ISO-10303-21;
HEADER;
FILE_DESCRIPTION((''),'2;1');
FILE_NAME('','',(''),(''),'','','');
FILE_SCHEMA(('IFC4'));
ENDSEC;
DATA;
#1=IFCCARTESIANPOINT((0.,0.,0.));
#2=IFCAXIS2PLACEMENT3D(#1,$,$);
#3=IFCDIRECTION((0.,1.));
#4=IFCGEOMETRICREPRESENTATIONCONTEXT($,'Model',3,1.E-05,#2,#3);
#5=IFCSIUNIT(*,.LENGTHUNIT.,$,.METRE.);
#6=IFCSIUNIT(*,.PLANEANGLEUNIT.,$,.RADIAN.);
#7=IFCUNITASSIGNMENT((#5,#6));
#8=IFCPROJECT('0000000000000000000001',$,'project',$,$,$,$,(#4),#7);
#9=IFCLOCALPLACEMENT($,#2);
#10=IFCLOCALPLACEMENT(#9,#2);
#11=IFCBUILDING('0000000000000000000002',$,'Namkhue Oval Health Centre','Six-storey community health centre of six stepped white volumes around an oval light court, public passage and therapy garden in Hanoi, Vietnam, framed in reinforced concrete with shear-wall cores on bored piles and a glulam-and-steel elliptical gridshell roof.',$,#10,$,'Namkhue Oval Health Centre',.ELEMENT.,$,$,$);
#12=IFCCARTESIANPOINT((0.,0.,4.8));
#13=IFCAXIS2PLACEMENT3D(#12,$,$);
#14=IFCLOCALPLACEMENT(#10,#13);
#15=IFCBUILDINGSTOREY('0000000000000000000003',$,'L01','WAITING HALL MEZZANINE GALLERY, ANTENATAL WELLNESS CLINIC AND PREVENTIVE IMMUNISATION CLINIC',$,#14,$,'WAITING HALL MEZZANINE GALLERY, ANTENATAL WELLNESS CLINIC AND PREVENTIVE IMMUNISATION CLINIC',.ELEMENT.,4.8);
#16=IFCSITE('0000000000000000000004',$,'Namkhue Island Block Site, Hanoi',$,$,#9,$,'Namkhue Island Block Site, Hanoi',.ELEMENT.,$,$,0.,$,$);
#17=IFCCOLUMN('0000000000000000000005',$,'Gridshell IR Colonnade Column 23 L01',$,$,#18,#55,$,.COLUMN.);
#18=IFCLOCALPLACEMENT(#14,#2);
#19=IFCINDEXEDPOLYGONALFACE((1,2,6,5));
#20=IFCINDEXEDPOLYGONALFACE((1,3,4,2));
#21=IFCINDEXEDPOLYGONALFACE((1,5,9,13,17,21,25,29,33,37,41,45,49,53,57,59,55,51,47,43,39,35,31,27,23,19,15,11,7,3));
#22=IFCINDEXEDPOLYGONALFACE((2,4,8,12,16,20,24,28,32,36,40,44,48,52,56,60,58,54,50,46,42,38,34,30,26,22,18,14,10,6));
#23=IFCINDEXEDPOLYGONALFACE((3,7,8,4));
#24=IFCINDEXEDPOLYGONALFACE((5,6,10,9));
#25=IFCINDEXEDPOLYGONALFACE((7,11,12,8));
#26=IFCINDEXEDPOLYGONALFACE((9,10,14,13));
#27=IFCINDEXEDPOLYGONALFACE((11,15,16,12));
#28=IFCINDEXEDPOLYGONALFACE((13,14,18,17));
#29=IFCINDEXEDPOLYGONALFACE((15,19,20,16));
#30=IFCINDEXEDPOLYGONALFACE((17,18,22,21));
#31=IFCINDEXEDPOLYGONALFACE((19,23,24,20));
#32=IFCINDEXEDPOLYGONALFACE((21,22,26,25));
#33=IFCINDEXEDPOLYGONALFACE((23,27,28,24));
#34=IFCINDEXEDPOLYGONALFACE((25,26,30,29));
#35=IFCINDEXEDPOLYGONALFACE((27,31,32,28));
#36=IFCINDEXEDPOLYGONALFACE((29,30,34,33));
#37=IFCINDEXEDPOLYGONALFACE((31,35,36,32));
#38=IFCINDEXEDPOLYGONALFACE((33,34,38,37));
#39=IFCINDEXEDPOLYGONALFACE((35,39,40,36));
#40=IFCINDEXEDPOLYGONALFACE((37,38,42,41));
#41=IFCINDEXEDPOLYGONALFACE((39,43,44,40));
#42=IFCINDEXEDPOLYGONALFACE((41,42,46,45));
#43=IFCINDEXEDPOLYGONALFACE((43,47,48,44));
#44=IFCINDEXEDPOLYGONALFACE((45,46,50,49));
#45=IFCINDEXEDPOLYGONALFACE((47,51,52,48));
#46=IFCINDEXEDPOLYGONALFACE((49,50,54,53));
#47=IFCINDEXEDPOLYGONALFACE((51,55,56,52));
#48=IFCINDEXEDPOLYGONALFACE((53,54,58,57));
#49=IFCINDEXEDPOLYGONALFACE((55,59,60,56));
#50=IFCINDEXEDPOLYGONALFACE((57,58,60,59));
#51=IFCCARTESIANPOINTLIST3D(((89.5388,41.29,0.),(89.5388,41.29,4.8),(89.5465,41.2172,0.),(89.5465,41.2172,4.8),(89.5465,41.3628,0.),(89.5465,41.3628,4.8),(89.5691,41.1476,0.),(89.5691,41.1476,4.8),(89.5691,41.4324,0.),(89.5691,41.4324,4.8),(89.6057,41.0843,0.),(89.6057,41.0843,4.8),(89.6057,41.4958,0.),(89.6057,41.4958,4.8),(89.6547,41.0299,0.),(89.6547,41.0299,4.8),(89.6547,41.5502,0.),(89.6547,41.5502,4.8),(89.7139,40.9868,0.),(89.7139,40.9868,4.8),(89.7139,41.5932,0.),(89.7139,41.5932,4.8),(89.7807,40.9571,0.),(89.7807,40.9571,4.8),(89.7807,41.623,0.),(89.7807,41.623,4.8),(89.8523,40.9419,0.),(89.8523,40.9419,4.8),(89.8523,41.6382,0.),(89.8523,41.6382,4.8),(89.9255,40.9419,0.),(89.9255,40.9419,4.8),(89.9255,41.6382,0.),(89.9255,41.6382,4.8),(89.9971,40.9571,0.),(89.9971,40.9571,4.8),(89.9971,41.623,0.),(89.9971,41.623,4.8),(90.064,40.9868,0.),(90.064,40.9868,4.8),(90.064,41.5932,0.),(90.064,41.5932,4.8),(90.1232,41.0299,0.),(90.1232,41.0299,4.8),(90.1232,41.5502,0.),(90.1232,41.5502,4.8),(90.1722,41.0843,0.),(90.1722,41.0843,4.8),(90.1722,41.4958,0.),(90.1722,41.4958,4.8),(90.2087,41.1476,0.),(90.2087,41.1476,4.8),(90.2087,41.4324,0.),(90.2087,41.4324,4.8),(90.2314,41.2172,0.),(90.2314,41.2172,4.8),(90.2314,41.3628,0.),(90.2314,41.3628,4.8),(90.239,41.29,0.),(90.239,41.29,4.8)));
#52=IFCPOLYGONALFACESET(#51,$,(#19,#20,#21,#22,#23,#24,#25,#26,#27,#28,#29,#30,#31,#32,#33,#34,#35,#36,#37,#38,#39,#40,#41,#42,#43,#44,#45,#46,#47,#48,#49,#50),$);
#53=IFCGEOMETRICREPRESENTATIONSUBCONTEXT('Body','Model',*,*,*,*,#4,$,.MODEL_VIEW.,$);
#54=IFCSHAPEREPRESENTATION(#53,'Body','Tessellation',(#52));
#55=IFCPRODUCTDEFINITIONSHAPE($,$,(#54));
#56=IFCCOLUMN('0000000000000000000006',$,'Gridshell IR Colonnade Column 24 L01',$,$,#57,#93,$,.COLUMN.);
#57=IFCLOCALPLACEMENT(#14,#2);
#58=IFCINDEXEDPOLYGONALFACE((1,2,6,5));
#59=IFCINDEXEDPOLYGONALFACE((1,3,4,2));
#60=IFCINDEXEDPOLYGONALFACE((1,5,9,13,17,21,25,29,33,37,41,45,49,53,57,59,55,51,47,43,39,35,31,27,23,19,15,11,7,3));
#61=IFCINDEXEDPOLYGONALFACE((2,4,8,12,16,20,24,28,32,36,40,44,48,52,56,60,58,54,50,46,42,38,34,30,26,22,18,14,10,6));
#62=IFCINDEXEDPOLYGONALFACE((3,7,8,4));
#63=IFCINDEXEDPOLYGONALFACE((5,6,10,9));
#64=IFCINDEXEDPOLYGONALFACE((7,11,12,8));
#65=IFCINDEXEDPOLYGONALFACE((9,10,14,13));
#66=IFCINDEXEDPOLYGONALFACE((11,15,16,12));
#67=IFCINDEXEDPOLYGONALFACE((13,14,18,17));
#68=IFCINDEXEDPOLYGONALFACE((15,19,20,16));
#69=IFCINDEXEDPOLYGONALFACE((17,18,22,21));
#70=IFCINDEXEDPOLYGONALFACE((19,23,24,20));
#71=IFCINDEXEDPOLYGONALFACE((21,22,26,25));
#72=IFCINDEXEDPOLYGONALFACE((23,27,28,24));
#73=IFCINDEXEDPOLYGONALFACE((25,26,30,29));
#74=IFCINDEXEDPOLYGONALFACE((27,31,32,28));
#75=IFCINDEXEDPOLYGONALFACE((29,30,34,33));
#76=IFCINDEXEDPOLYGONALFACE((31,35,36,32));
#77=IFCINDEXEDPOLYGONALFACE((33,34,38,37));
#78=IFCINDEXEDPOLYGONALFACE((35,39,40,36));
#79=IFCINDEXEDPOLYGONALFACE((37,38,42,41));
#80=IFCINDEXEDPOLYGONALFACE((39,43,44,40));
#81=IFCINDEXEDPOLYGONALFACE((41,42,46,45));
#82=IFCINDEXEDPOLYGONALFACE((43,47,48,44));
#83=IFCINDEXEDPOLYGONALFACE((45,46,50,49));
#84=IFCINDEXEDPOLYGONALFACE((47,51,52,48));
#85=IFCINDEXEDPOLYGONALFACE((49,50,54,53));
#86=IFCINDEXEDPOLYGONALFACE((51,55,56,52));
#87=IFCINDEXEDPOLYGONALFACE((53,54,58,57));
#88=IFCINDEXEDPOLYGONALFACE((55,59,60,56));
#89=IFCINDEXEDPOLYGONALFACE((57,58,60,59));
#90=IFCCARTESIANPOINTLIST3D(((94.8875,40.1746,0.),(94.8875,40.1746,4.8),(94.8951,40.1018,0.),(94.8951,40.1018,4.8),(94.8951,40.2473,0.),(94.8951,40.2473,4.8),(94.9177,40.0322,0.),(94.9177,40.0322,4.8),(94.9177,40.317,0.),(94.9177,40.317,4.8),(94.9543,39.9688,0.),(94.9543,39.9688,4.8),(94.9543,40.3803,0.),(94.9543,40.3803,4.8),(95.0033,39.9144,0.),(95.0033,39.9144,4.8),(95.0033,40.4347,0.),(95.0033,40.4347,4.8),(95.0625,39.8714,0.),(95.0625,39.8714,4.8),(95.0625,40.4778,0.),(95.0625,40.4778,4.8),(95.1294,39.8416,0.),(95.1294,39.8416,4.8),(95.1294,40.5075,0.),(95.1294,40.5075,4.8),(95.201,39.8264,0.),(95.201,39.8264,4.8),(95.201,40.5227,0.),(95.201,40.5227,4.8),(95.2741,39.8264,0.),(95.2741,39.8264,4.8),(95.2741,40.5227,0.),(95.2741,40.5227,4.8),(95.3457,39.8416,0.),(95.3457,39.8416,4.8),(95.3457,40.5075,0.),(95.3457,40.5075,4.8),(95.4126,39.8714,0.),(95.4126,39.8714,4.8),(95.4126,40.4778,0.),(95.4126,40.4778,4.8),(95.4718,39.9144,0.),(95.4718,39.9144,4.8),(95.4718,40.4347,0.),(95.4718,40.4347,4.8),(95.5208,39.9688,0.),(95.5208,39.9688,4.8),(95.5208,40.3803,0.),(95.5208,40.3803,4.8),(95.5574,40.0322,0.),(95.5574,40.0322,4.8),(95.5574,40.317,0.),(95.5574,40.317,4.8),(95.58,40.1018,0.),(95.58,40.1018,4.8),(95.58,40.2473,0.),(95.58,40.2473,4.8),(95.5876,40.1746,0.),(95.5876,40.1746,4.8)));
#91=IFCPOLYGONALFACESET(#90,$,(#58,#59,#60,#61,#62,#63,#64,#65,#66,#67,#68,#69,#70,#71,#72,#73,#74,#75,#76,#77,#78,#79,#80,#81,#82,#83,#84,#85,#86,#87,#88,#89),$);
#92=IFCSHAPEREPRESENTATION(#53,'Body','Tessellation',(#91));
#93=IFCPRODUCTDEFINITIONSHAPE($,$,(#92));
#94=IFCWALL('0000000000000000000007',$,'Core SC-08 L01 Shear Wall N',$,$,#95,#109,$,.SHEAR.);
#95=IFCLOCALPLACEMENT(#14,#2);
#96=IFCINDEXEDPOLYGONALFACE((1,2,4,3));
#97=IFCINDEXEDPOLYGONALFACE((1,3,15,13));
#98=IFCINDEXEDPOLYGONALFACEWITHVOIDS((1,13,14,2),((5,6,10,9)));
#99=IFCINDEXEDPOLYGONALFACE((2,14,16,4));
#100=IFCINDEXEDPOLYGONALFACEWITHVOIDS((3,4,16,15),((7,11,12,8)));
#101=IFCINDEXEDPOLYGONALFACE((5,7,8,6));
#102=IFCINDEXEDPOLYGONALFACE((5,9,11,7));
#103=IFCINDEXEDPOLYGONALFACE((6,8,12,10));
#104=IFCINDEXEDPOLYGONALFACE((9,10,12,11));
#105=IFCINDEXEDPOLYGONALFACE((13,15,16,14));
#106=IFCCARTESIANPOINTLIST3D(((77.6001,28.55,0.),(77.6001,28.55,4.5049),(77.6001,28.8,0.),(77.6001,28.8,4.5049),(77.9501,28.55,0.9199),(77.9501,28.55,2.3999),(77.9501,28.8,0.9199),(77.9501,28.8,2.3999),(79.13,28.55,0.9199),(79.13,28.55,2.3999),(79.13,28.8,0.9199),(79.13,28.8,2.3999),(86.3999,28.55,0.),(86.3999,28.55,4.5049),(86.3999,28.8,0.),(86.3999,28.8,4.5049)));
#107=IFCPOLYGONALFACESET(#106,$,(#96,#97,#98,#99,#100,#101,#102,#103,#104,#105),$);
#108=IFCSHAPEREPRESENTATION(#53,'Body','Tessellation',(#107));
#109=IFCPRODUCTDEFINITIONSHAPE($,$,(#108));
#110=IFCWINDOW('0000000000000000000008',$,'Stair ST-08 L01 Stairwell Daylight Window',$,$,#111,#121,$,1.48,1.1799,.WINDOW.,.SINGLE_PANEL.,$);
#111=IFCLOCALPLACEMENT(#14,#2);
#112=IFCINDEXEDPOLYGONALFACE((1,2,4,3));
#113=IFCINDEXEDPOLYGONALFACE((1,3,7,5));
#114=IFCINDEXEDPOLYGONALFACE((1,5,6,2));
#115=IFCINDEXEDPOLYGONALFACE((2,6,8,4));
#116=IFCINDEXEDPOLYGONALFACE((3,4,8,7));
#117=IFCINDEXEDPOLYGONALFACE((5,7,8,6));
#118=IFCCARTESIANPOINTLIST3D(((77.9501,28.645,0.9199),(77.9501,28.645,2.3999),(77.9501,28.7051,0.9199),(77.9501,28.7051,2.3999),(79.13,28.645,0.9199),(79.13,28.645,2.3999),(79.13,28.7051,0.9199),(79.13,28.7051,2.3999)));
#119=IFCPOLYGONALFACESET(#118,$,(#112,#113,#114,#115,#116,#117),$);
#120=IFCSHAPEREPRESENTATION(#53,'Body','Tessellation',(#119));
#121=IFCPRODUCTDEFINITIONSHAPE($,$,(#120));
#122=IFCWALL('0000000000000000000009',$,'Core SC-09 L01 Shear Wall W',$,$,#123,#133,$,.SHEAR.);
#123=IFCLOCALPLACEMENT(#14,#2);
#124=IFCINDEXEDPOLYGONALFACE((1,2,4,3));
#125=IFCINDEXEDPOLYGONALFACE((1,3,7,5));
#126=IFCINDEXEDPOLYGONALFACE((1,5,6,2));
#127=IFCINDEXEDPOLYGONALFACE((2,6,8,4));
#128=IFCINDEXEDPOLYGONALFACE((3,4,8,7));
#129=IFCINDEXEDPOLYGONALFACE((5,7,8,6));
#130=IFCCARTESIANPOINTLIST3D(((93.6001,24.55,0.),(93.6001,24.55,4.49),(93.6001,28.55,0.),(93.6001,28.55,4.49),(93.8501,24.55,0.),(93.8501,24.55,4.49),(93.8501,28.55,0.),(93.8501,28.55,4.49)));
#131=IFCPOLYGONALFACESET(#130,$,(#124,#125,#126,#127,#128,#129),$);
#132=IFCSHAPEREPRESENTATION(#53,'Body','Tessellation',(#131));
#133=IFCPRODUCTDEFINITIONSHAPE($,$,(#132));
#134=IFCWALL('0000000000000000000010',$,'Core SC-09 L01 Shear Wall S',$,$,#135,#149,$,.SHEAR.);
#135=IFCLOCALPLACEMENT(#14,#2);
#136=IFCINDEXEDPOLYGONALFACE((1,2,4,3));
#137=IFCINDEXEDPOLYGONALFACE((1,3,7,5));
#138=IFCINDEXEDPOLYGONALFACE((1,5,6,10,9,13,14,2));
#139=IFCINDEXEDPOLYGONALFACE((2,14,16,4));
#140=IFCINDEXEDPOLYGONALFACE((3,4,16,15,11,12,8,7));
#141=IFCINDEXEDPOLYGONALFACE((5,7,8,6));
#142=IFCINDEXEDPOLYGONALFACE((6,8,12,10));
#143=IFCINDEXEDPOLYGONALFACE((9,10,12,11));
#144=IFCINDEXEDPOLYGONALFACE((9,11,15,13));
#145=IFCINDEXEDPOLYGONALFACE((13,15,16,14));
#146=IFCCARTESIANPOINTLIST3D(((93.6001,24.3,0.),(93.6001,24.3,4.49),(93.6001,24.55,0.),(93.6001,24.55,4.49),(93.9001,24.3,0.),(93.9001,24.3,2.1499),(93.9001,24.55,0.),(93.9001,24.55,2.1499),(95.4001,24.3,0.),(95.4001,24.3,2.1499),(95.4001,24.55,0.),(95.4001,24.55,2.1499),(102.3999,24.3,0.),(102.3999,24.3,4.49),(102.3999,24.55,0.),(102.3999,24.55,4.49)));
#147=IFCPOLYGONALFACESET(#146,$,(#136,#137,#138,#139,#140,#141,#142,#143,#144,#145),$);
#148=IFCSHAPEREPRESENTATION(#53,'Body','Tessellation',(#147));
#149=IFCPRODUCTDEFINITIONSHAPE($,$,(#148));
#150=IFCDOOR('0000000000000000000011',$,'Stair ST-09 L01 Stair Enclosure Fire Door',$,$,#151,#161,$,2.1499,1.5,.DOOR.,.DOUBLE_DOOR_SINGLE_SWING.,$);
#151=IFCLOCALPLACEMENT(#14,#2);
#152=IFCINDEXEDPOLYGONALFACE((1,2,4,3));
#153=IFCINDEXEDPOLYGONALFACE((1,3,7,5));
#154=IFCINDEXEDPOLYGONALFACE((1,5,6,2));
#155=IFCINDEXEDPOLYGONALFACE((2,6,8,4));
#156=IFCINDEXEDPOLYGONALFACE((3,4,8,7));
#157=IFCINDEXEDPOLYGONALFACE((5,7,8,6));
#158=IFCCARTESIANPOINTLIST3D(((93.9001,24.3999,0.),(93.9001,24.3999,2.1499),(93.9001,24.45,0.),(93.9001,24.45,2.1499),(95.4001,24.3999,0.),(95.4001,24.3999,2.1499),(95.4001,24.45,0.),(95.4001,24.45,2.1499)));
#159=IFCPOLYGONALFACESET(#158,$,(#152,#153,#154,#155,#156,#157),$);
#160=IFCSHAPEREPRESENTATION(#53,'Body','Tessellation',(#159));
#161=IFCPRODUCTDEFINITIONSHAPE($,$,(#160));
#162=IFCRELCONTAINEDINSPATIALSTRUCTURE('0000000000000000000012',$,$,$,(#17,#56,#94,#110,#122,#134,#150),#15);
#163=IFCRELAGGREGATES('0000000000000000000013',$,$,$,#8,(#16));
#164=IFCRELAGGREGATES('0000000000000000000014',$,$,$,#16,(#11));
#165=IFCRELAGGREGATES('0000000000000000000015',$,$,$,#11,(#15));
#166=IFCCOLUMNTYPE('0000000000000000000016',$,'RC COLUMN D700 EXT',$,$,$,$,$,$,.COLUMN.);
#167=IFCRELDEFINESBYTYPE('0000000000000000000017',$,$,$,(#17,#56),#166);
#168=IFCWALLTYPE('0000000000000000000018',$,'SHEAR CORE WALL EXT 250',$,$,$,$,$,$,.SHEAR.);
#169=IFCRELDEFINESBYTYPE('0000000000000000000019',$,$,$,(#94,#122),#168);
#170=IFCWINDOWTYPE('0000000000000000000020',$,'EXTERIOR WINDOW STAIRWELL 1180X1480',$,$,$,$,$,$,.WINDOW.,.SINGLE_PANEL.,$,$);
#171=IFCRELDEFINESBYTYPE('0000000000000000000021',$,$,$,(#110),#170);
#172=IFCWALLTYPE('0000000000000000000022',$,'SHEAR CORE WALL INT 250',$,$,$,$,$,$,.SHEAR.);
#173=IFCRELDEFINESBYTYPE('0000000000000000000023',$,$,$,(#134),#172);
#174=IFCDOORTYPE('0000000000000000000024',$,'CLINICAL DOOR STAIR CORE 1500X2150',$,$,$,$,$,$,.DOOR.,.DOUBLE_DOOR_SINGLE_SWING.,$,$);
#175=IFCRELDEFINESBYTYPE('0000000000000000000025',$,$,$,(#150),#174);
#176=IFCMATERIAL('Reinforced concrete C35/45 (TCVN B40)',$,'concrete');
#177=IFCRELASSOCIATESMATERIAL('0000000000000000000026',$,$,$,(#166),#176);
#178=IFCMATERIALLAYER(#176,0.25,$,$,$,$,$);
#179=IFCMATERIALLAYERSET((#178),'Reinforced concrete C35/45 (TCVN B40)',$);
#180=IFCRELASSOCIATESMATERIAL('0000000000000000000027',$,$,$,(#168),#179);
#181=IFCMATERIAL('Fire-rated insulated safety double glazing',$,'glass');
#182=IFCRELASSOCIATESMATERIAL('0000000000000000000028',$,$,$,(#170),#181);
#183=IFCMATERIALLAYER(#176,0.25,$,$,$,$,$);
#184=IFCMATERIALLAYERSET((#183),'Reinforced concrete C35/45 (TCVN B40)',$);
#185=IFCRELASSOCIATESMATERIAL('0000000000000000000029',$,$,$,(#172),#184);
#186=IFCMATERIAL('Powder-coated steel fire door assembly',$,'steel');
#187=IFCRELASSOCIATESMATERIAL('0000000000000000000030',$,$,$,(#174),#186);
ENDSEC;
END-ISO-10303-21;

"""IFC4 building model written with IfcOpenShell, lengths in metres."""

from ifc_helpers import new_model, si_unit, direction, frame, frame_2d, origin, origin_2d, place, context, subcontext, project, spatial, rectangle, circle, extrude, material, layer, layer_set, material_profile, profile_set, type_object, element, fill, save


model = new_model("IFC4")

# Units and contexts
model_context = context("Model", 3, precision=1e-05, world=origin(), true_north=direction((0.0, 1.0)))
body_context = subcontext(model_context, "Body", "Model", "MODEL_VIEW")
ifc_project = project(units=[si_unit("LENGTHUNIT", "METRE"), si_unit("PLANEANGLEUNIT", "RADIAN")], contexts=[model_context])

# Site, building, storey
site_placement = place(None, origin())
site = spatial("IfcSite", under=ifc_project, at=site_placement, Name="Namkhue Island Block Site, Hanoi", LongName="Namkhue Island Block Site, Hanoi", CompositionType="ELEMENT", RefElevation=0.0)
building_placement = place(site_placement, origin())
building = spatial("IfcBuilding", under=site, at=building_placement, Name="Namkhue Oval Health Centre", Description="Six-storey community health centre of six stepped white volumes around an oval light court, public passage and therapy garden in Hanoi, Vietnam, framed in reinforced concrete with shear-wall cores on bored piles and a glulam-and-steel elliptical gridshell roof.", LongName="Namkhue Oval Health Centre", CompositionType="ELEMENT")
storey_placement = place(building_placement, frame((0.0, 0.0, 4.8)))
storey = spatial("IfcBuildingStorey", under=building, at=storey_placement, Name="L01", Description="WAITING HALL MEZZANINE GALLERY, ANTENATAL WELLNESS CLINIC AND PREVENTIVE IMMUNISATION CLINIC", LongName="WAITING HALL MEZZANINE GALLERY, ANTENATAL WELLNESS CLINIC AND PREVENTIVE IMMUNISATION CLINIC", CompositionType="ELEMENT", Elevation=4.8)

# Columns
ifc_material_1 = material(Name="Reinforced concrete C35/45 (TCVN B40)", Category="concrete")
ifc_material_profile = material_profile(ifc_material_1, circle(Radius=0.3501, at=origin_2d()), Name="RC D700")
ifc_profile_set = profile_set([ifc_material_profile], Name="Reinforced concrete C35/45 (TCVN B40)")
column_type = type_object("IfcColumnType", Name="RC COLUMN D700 EXT", PredefinedType="COLUMN", material=ifc_profile_set)
for number, where, z_axis, x_axis, name in (
    (1, (89.8889, 41.29, 0.0), (0.0, 0.0, 1.0), (1.0, 0.0, 0.0), "Gridshell IR Colonnade Column 23 L01"),
    (2, (95.2375, 40.1746, 0.0), (0.0, 0.0, 1.0), (1.0, 0.0, 0.0), "Gridshell IR Colonnade Column 24 L01"),
):
    element("IfcColumn", number, at=place(storey_placement, frame(where, z_axis=z_axis, x_axis=x_axis)), inside=storey, type_object=column_type, Name=name, PredefinedType="COLUMN", context=body_context, shape_type="SweptSolid", body=[
        extrude(circle(Radius=0.3501, at=origin_2d()), origin(), (0.0, 0.0, 1.0), 4.8),
    ])

# Wall, opening, window
ifc_layer_1 = layer(ifc_material_1, 0.25)
ifc_layer_set_1 = layer_set([ifc_layer_1], Name="Reinforced concrete C35/45 (TCVN B40)")
wall_type_1 = type_object("IfcWallType", Name="SHEAR CORE WALL EXT 250", PredefinedType="SHEAR", material=ifc_layer_set_1)
wall_1_placement = place(storey_placement, frame((86.3999, 28.675, 0.0), z_axis=(0.0, 0.0, 1.0), x_axis=(-1.0, 0.0, 0.0)))
wall_1 = element("IfcWall", 3, at=wall_1_placement, inside=storey, type_object=wall_type_1, Name="Core SC-08 L01 Shear Wall N", PredefinedType="SHEAR", context=body_context, shape_type="SweptSolid", body=[
    extrude(rectangle(XDim=8.7998, YDim=0.25, at=frame_2d((4.3999, 0.0))), origin(), (0.0, 0.0, 1.0), 4.5049),
])
opening_1_placement = place(wall_1_placement, frame((7.27, 0.0, 0.9199)))
opening_1 = element("IfcOpeningElement", 4, at=opening_1_placement, cuts=wall_1, PredefinedType="OPENING", context=body_context, shape_type="SweptSolid", body=[
    extrude(rectangle(XDim=1.1799, YDim=1.48, at=frame_2d((0.5898, 0.74))), frame((0.0, 0.135, 0.0), z_axis=(0.0, -1.0, 0.0), x_axis=(1.0, 0.0, 0.0)), (0.0, 0.0, 1.0), 0.27),
])
ifc_material_2 = material(Name="Fire-rated insulated safety double glazing", Category="glass")
window_type = type_object("IfcWindowType", Name="EXTERIOR WINDOW STAIRWELL 1180X1480", PartitioningType="SINGLE_PANEL", PredefinedType="WINDOW", material=ifc_material_2)
window_placement = place(opening_1_placement, origin())
window = element("IfcWindow", 5, at=window_placement, inside=storey, type_object=window_type, Name="Stair ST-08 L01 Stairwell Daylight Window", OverallHeight=1.48, OverallWidth=1.1799, PartitioningType="SINGLE_PANEL", PredefinedType="WINDOW", context=body_context, shape_type="SweptSolid", body=[
    extrude(rectangle(XDim=1.1799, YDim=1.48, at=frame_2d((0.5898, 0.74))), frame((0.0, 0.03, 0.0), z_axis=(0.0, -1.0, 0.0), x_axis=(1.0, 0.0, 0.0)), (0.0, 0.0, 1.0), 0.0601),
])
fill(opening_1, window)

# Wall
wall_2_placement = place(storey_placement, frame((93.7251, 28.55, 0.0), z_axis=(0.0, 0.0, 1.0), x_axis=(0.0, -1.0, 0.0)))
element("IfcWall", 6, at=wall_2_placement, inside=storey, type_object=wall_type_1, Name="Core SC-09 L01 Shear Wall W", PredefinedType="SHEAR", context=body_context, shape_type="SweptSolid", body=[
    extrude(rectangle(XDim=4.0, YDim=0.25, at=frame_2d((2.0, 0.0))), origin(), (0.0, 0.0, 1.0), 4.49),
])

# Wall, opening, door
ifc_layer_2 = layer(ifc_material_1, 0.25)
ifc_layer_set_2 = layer_set([ifc_layer_2], Name="Reinforced concrete C35/45 (TCVN B40)")
wall_type_2 = type_object("IfcWallType", Name="SHEAR CORE WALL INT 250", PredefinedType="SHEAR", material=ifc_layer_set_2)
wall_3_placement = place(storey_placement, frame((93.6001, 24.425, 0.0), z_axis=(0.0, 0.0, 1.0), x_axis=(1.0, 0.0, 0.0)))
wall_3 = element("IfcWall", 7, at=wall_3_placement, inside=storey, type_object=wall_type_2, Name="Core SC-09 L01 Shear Wall S", PredefinedType="SHEAR", context=body_context, shape_type="SweptSolid", body=[
    extrude(rectangle(XDim=8.7998, YDim=0.25, at=frame_2d((4.3999, 0.0))), origin(), (0.0, 0.0, 1.0), 4.49),
])
opening_2_placement = place(wall_3_placement, frame((0.3, 0.0, 0.0)))
opening_2 = element("IfcOpeningElement", 8, at=opening_2_placement, cuts=wall_3, PredefinedType="OPENING", context=body_context, shape_type="SweptSolid", body=[
    extrude(rectangle(XDim=1.5, YDim=2.1499, at=frame_2d((0.75, 1.075))), frame((0.0, 0.135, 0.0), z_axis=(0.0, -1.0, 0.0), x_axis=(1.0, 0.0, 0.0)), (0.0, 0.0, 1.0), 0.27),
])
ifc_material_3 = material(Name="Powder-coated steel fire door assembly", Category="steel")
door_type = type_object("IfcDoorType", Name="CLINICAL DOOR STAIR CORE 1500X2150", OperationType="DOUBLE_DOOR_SINGLE_SWING", PredefinedType="DOOR", material=ifc_material_3)
door_placement = place(opening_2_placement, origin())
door = element("IfcDoor", 9, at=door_placement, inside=storey, type_object=door_type, Name="Stair ST-09 L01 Stair Enclosure Fire Door", OperationType="DOUBLE_DOOR_SINGLE_SWING", OverallHeight=2.1499, OverallWidth=1.5, PredefinedType="DOOR", context=body_context, shape_type="SweptSolid", body=[
    extrude(rectangle(XDim=1.5, YDim=2.1499, at=frame_2d((0.75, 1.075))), frame((0.0, 0.0249, 0.0), z_axis=(0.0, -1.0, 0.0), x_axis=(1.0, 0.0, 0.0)), (0.0, 0.0, 1.0), 0.05),
])
fill(opening_2, door)

save(model, "model.ifc")
